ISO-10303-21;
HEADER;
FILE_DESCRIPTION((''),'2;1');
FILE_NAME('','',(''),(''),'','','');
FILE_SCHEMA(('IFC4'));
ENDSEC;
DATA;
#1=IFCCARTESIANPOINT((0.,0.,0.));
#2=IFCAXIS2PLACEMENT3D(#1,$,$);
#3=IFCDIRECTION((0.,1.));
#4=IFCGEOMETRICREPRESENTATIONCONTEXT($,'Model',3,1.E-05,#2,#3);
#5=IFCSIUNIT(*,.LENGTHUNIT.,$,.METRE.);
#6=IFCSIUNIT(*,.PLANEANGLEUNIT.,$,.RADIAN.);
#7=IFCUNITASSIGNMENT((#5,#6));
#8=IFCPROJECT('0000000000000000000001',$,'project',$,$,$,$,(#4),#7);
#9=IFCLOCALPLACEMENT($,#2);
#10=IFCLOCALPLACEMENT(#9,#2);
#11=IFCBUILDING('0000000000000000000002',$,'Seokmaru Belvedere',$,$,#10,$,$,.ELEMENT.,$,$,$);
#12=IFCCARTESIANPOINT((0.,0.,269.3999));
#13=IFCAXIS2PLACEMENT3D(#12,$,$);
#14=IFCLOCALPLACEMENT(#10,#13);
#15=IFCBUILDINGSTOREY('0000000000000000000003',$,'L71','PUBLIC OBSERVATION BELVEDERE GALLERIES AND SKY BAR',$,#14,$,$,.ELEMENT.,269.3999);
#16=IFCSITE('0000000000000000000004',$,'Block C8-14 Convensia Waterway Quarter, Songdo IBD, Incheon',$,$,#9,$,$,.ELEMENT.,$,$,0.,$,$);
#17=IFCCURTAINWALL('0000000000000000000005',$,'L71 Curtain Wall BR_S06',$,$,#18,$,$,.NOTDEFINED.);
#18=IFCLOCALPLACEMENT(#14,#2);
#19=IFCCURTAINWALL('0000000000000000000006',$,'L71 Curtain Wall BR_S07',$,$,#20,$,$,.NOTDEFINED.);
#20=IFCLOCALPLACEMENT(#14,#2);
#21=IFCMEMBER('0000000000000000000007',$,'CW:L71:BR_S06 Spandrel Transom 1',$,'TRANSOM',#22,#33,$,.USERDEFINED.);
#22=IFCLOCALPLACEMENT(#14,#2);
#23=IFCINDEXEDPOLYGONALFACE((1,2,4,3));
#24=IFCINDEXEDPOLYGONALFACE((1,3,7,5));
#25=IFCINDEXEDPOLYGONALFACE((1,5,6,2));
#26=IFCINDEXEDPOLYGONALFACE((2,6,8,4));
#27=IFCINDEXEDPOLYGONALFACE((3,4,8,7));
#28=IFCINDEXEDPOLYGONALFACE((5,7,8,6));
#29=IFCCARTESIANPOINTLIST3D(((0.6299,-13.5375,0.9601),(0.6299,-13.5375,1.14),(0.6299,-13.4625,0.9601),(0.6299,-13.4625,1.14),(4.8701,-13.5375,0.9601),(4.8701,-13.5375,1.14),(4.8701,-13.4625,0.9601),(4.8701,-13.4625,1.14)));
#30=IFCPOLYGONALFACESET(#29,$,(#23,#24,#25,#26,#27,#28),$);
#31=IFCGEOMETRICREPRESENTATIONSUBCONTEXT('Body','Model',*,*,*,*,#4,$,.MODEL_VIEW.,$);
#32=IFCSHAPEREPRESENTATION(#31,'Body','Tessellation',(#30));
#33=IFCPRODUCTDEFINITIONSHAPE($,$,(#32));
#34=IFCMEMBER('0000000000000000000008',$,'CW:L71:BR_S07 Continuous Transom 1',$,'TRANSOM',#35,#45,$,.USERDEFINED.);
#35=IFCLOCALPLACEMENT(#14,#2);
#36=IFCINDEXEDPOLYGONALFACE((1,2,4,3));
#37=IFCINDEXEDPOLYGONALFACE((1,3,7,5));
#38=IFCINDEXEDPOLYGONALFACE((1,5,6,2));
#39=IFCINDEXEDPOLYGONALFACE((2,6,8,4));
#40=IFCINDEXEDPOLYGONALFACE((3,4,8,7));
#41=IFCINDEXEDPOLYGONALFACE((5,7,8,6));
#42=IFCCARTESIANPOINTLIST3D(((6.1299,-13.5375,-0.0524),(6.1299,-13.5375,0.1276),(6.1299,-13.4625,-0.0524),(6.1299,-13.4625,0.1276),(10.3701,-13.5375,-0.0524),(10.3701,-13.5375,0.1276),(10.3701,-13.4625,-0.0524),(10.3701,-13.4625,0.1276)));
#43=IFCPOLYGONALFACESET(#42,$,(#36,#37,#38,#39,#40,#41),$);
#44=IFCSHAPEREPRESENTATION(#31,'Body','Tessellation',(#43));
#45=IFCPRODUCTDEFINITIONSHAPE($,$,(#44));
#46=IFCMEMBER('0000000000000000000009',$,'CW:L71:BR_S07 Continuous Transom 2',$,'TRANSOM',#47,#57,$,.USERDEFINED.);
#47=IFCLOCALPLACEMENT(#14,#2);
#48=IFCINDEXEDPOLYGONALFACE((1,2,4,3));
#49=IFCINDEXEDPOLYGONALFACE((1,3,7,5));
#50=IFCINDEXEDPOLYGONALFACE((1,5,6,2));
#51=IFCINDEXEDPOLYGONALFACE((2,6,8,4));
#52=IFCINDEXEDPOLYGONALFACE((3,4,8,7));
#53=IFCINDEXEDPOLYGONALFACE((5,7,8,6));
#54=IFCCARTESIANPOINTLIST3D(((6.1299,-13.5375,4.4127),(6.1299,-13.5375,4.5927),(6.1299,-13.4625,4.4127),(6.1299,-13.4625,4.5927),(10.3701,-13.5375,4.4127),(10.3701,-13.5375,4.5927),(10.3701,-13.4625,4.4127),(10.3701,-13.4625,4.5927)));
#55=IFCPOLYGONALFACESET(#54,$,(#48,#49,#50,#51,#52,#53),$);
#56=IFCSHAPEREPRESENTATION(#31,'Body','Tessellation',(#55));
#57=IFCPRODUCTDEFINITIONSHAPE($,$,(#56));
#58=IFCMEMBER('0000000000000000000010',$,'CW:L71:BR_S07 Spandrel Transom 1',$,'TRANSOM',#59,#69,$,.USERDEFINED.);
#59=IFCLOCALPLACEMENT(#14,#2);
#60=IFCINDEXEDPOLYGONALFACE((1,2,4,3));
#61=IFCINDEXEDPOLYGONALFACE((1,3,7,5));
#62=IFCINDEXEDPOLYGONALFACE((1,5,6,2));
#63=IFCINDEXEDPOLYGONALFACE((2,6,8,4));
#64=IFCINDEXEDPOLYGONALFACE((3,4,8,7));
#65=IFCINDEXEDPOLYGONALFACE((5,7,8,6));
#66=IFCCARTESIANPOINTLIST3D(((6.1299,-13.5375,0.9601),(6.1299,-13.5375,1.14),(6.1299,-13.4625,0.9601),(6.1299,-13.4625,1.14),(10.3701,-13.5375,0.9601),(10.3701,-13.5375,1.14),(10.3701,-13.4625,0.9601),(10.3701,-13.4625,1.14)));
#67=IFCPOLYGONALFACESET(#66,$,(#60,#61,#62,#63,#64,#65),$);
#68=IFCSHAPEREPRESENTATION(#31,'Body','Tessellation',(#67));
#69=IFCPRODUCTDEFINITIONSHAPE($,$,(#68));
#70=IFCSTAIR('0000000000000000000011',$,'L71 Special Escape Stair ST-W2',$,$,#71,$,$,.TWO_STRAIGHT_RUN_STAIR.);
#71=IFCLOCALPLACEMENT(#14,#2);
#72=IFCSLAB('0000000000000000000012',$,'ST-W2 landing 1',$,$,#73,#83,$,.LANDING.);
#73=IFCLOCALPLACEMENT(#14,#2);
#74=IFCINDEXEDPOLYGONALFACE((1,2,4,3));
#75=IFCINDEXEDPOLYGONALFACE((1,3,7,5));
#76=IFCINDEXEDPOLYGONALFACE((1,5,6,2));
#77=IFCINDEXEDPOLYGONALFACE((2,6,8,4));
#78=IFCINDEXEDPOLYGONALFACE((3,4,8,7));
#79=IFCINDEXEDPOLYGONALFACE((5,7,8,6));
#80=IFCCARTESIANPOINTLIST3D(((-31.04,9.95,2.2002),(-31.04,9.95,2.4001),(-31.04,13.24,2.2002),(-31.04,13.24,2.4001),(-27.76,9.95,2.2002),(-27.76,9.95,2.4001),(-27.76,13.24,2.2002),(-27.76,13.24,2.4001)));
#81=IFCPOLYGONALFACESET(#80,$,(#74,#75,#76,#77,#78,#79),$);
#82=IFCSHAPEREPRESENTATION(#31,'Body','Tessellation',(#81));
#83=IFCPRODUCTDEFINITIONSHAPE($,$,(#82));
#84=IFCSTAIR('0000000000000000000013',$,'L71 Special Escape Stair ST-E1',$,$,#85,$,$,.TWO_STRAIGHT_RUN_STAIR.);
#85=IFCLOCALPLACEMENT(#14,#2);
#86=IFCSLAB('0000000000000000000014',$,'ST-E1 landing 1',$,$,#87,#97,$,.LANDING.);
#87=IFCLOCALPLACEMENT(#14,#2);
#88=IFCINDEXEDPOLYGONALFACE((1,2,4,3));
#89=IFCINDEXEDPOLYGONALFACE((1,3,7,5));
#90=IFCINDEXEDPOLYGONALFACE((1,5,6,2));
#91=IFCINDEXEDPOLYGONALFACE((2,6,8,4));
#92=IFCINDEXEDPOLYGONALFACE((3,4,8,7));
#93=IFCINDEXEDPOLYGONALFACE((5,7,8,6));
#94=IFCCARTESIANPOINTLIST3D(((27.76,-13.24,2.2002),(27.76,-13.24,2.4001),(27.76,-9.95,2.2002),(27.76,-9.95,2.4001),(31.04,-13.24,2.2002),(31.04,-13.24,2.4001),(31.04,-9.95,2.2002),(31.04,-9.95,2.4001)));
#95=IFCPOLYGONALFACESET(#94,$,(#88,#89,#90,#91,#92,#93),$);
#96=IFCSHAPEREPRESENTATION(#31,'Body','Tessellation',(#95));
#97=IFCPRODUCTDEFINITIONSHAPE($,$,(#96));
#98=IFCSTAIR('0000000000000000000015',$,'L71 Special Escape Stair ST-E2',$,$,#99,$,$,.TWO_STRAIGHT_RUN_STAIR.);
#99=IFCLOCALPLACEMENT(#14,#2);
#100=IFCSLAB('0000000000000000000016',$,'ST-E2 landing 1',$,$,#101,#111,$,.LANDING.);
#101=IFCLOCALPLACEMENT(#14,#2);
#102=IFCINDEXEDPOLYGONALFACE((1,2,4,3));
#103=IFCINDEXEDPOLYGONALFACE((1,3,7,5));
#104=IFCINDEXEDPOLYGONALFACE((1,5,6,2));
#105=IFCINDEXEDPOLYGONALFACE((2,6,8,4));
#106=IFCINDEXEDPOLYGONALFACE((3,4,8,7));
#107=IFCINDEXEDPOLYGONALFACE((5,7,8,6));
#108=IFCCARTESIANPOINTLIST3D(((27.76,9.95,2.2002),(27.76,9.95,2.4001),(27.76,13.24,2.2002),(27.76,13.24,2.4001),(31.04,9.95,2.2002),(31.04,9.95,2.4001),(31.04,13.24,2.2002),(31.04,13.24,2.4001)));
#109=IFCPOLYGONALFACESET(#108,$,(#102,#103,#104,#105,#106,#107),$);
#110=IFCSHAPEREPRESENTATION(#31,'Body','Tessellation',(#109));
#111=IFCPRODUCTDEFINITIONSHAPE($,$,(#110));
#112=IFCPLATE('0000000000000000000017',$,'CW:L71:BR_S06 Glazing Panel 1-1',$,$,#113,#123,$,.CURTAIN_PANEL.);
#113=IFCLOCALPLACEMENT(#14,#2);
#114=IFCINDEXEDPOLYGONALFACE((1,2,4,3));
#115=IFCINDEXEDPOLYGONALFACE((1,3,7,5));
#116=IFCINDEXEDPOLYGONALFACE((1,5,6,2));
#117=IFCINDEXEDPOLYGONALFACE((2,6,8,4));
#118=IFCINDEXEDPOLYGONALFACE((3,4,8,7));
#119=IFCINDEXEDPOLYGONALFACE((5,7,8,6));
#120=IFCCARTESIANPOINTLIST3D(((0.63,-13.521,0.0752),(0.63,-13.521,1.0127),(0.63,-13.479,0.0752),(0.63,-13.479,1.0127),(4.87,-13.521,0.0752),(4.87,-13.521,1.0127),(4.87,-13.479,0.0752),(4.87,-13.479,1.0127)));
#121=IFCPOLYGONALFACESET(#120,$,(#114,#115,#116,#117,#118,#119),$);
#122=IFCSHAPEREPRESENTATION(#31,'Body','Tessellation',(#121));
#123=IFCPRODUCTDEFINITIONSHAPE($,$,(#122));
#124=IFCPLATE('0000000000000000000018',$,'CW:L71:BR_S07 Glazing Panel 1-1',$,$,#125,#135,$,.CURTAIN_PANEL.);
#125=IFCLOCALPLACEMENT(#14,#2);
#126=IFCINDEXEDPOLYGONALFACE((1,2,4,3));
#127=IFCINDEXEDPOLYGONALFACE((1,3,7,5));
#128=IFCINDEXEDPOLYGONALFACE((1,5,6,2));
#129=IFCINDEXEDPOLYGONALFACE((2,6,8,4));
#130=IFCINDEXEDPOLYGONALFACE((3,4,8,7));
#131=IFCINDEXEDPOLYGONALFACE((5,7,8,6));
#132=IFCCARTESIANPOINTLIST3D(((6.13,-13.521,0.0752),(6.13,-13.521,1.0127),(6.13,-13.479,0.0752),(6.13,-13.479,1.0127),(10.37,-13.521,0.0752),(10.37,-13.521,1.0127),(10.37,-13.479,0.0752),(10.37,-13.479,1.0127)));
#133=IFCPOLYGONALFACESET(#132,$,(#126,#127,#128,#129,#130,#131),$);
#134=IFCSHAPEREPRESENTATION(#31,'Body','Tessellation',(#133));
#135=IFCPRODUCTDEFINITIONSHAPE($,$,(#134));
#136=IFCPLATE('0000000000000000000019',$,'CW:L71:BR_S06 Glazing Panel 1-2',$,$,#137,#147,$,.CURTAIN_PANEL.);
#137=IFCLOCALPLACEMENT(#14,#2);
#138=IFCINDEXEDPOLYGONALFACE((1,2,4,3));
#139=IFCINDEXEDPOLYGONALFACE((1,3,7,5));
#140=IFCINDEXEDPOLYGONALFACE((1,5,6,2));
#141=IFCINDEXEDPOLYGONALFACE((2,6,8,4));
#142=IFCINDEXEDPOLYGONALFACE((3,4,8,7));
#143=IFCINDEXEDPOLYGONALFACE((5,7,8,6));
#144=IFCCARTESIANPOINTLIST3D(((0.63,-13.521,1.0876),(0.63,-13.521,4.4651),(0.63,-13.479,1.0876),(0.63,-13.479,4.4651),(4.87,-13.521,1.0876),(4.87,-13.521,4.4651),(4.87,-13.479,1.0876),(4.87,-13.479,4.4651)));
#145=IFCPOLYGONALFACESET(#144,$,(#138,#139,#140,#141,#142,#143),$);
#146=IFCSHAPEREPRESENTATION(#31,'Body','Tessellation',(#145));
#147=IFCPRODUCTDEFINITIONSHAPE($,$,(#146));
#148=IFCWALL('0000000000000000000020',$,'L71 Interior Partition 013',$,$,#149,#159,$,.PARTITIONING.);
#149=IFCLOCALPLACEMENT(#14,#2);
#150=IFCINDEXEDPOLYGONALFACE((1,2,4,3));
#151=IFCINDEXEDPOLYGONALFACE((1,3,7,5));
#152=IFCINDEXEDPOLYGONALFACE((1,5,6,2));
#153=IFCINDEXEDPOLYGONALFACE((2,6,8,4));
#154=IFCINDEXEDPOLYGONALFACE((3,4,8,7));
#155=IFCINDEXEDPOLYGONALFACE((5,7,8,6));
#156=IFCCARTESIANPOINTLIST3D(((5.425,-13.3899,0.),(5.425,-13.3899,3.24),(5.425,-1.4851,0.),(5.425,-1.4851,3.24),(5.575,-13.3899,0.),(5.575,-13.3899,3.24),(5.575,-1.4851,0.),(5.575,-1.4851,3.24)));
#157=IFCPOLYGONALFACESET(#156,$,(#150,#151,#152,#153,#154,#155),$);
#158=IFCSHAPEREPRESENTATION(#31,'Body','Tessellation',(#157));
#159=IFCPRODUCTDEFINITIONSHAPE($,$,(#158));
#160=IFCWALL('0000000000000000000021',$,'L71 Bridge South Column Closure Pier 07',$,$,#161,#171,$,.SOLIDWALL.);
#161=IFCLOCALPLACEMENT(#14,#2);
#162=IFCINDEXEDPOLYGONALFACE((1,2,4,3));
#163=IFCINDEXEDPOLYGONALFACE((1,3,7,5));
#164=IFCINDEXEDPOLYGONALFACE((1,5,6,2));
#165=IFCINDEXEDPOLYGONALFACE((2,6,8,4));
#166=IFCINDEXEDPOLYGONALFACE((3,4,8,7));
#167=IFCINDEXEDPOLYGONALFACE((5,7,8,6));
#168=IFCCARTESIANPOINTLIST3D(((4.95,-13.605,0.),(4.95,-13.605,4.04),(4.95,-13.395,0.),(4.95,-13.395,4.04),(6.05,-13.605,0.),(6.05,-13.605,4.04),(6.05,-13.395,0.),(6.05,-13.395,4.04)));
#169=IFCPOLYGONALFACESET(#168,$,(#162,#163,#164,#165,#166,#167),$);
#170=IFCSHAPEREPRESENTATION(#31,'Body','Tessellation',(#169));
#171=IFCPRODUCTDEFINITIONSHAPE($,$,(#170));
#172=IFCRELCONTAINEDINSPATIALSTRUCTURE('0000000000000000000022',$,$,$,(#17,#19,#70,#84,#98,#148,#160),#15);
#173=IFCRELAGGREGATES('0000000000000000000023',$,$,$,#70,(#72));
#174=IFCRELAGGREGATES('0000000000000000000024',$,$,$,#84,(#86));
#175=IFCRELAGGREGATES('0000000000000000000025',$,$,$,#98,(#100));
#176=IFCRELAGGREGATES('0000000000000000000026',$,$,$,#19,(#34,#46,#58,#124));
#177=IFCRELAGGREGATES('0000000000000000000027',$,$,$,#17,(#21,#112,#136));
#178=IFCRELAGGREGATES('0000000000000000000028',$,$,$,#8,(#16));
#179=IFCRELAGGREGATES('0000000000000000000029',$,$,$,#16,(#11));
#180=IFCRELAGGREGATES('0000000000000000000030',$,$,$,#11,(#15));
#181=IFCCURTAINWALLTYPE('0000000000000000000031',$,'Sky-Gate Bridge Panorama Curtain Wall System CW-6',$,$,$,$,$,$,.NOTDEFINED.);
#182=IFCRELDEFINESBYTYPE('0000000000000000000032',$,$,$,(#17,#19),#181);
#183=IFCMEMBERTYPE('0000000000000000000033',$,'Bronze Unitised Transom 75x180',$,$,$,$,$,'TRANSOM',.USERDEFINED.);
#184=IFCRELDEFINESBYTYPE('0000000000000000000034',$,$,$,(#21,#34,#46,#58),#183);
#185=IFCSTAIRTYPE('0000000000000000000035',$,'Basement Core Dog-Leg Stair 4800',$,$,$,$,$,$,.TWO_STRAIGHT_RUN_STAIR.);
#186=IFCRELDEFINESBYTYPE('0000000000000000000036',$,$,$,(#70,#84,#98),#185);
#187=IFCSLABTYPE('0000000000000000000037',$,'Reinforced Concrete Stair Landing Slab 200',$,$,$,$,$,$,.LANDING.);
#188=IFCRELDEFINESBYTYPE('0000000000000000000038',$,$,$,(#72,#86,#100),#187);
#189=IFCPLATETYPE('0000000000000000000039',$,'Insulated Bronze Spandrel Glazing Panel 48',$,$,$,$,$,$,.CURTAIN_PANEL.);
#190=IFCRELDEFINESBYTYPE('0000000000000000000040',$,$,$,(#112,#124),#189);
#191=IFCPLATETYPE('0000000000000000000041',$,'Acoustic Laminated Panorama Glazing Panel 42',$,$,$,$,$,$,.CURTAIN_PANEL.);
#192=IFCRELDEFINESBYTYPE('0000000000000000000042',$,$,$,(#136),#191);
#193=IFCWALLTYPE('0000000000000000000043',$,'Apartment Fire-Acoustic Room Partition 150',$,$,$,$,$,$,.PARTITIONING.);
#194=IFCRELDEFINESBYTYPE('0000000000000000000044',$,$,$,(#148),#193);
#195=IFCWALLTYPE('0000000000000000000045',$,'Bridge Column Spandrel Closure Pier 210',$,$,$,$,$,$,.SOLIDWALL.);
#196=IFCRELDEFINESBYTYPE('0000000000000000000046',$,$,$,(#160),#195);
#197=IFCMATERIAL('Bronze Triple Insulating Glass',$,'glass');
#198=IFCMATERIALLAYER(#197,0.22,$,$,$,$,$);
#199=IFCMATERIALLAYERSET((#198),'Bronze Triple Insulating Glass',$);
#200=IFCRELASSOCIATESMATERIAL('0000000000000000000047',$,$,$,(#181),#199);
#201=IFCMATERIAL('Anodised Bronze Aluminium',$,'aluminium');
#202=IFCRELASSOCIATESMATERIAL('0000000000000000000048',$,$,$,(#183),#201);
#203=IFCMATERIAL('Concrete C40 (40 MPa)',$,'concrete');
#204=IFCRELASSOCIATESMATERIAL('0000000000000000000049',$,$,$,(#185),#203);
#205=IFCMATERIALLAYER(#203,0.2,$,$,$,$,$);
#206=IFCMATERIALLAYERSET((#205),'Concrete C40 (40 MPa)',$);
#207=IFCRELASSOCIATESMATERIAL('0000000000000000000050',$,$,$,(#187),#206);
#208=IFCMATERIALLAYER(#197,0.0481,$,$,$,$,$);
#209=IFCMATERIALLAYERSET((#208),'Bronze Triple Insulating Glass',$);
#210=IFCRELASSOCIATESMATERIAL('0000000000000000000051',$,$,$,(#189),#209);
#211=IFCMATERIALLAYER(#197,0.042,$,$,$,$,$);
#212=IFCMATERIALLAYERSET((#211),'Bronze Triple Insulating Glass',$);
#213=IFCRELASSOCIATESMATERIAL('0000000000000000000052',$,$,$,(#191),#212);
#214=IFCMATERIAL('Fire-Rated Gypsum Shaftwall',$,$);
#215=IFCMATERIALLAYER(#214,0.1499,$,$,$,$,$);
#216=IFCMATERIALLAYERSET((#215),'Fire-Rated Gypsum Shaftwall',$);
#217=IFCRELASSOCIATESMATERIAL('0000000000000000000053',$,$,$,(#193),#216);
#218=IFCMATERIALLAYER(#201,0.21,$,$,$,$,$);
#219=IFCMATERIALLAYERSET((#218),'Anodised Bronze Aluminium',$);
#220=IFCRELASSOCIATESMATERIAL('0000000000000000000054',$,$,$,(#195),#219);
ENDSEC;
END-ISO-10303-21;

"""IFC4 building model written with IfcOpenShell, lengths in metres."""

from ifc_helpers import new_model, si_unit, direction, frame, frame_2d, origin, origin_2d, place, context, subcontext, project, spatial, polyline, rectangle, outline, extrude, source, transform, mapped, material, layer, layer_set, material_profile, profile_set, type_object, type_shapes, element, aggregate, save


model = new_model("IFC4")

# Units and contexts
model_context = context("Model", 3, precision=1e-05, world=origin(), true_north=direction((0.0, 1.0)))
body_context = subcontext(model_context, "Body", "Model", "MODEL_VIEW")
ifc_project = project(units=[si_unit("LENGTHUNIT", "METRE"), si_unit("PLANEANGLEUNIT", "RADIAN")], contexts=[model_context])

# Site, building, storey
site_placement = place(None, origin())
site = spatial("IfcSite", under=ifc_project, at=site_placement, Name="Block C8-14 Convensia Waterway Quarter, Songdo IBD, Incheon", CompositionType="ELEMENT", RefElevation=0.0)
building_placement = place(site_placement, origin())
building = spatial("IfcBuilding", under=site, at=building_placement, Name="Seokmaru Belvedere", CompositionType="ELEMENT")
storey_placement = place(building_placement, frame((0.0, 0.0, 269.3999)))
storey = spatial("IfcBuildingStorey", under=building, at=storey_placement, Name="L71", Description="PUBLIC OBSERVATION BELVEDERE GALLERIES AND SKY BAR", CompositionType="ELEMENT", Elevation=269.3999)

# Curtain wall
ifc_material_1 = material(Name="Bronze Triple Insulating Glass", Category="glass")
ifc_layer_1 = layer(ifc_material_1, 0.22)
ifc_layer_set_1 = layer_set([ifc_layer_1], Name="Bronze Triple Insulating Glass")
curtain_wall_type = type_object("IfcCurtainWallType", Name="Sky-Gate Bridge Panorama Curtain Wall System CW-6", PredefinedType="NOTDEFINED", material=ifc_layer_set_1)
curtain_wall_1_placement = place(storey_placement, origin())
curtain_wall_1 = element("IfcCurtainWall", 1, at=curtain_wall_1_placement, inside=storey, type_object=curtain_wall_type, Name="L71 Curtain Wall BR_S06", PredefinedType="NOTDEFINED")
ifc_material_2 = material(Name="Anodised Bronze Aluminium", Category="aluminium")

# Curtain wall
curtain_wall_2_placement = place(storey_placement, origin())
curtain_wall_2 = element("IfcCurtainWall", 2, at=curtain_wall_2_placement, inside=storey, type_object=curtain_wall_type, Name="L71 Curtain Wall BR_S07", PredefinedType="NOTDEFINED")

# Members
ifc_material_profile_1 = material_profile(ifc_material_2, rectangle(XDim=0.075, YDim=0.1799, at=origin_2d()), Name="CW-T-75x180")
ifc_profile_set_1 = profile_set([ifc_material_profile_1], Name="Anodised Bronze Aluminium")
member_type_1 = type_object("IfcMemberType", Name="Bronze Unitised Transom 75x180", ElementType="TRANSOM", PredefinedType="USERDEFINED", material=ifc_profile_set_1)
shared_shape_1 = source(origin(), body_context, "Body", "SweptSolid", [
    extrude(rectangle(XDim=0.075, YDim=0.1799, at=origin_2d()), origin(), (0.0, 0.0, 1.0), 4.2402),
])
type_shapes(member_type_1, [shared_shape_1])
member_1_placement = place(storey_placement, frame((0.6299, -13.5, 1.05), z_axis=(1.0, 0.0, 0.0), x_axis=(0.0, 1.0, 0.0)))
member_1 = element("IfcMember", 3, at=member_1_placement, type_object=member_type_1, Name="CW:L71:BR_S06 Spandrel Transom 1", ObjectType="TRANSOM", PredefinedType="USERDEFINED", context=body_context, shape_type="MappedRepresentation", body=[
    mapped(shared_shape_1, transform((0.0, 0.0, 0.0), scale=1.0)),
])
member_2_placement = place(storey_placement, frame((6.1299, -13.5, 0.0376), z_axis=(1.0, 0.0, 0.0), x_axis=(0.0, 1.0, 0.0)))
member_2 = element("IfcMember", 4, at=member_2_placement, type_object=member_type_1, Name="CW:L71:BR_S07 Continuous Transom 1", ObjectType="TRANSOM", PredefinedType="USERDEFINED", context=body_context, shape_type="MappedRepresentation", body=[
    mapped(shared_shape_1, transform((0.0, 0.0, 0.0), scale=1.0)),
])
member_3_placement = place(storey_placement, frame((6.1299, -13.5, 4.5027), z_axis=(1.0, 0.0, 0.0), x_axis=(0.0, 1.0, 0.0)))
member_3 = element("IfcMember", 5, at=member_3_placement, type_object=member_type_1, Name="CW:L71:BR_S07 Continuous Transom 2", ObjectType="TRANSOM", PredefinedType="USERDEFINED", context=body_context, shape_type="MappedRepresentation", body=[
    mapped(shared_shape_1, transform((0.0, 0.0, 0.0), scale=1.0)),
])
member_4_placement = place(storey_placement, frame((6.1299, -13.5, 1.05), z_axis=(1.0, 0.0, 0.0), x_axis=(0.0, 1.0, 0.0)))
member_4 = element("IfcMember", 6, at=member_4_placement, type_object=member_type_1, Name="CW:L71:BR_S07 Spandrel Transom 1", ObjectType="TRANSOM", PredefinedType="USERDEFINED", context=body_context, shape_type="MappedRepresentation", body=[
    mapped(shared_shape_1, transform((0.0, 0.0, 0.0), scale=1.0)),
])

# Stairs, slabs
ifc_material_3 = material(Name="Concrete C40 (40 MPa)", Category="concrete")
stair_type = type_object("IfcStairType", Name="Basement Core Dog-Leg Stair 4800", PredefinedType="TWO_STRAIGHT_RUN_STAIR", material=ifc_material_3)
stair_1_placement = place(storey_placement, origin())
stair_1 = element("IfcStair", 7, at=stair_1_placement, inside=storey, type_object=stair_type, Name="L71 Special Escape Stair ST-W2", PredefinedType="TWO_STRAIGHT_RUN_STAIR")
ifc_layer_2 = layer(ifc_material_3, 0.2)
ifc_layer_set_2 = layer_set([ifc_layer_2], Name="Concrete C40 (40 MPa)")
slab_type = type_object("IfcSlabType", Name="Reinforced Concrete Stair Landing Slab 200", PredefinedType="LANDING", material=ifc_layer_set_2)
slab_1_placement = place(storey_placement, frame((0.0, 0.0, 2.2002)))
slab_1 = element("IfcSlab", 8, at=slab_1_placement, type_object=slab_type, Name="ST-W2 landing 1", PredefinedType="LANDING", context=body_context, shape_type="SweptSolid", body=[
    extrude(outline(polyline([(-31.04, 9.95), (-27.76, 9.95), (-27.76, 13.24), (-31.04, 13.24), (-31.04, 9.95)])), origin(), (0.0, 0.0, 1.0), 0.2),
])
aggregate(stair_1, [slab_1])
stair_2_placement = place(storey_placement, origin())
stair_2 = element("IfcStair", 9, at=stair_2_placement, inside=storey, type_object=stair_type, Name="L71 Special Escape Stair ST-E1", PredefinedType="TWO_STRAIGHT_RUN_STAIR")
slab_2_placement = place(storey_placement, frame((0.0, 0.0, 2.2002)))
slab_2 = element("IfcSlab", 10, at=slab_2_placement, type_object=slab_type, Name="ST-E1 landing 1", PredefinedType="LANDING", context=body_context, shape_type="SweptSolid", body=[
    extrude(outline(polyline([(27.76, -13.24), (31.04, -13.24), (31.04, -9.95), (27.76, -9.95), (27.76, -13.24)])), origin(), (0.0, 0.0, 1.0), 0.2),
])
aggregate(stair_2, [slab_2])
stair_3_placement = place(storey_placement, origin())
stair_3 = element("IfcStair", 11, at=stair_3_placement, inside=storey, type_object=stair_type, Name="L71 Special Escape Stair ST-E2", PredefinedType="TWO_STRAIGHT_RUN_STAIR")
slab_3_placement = place(storey_placement, frame((0.0, 0.0, 2.2002)))
slab_3 = element("IfcSlab", 12, at=slab_3_placement, type_object=slab_type, Name="ST-E2 landing 1", PredefinedType="LANDING", context=body_context, shape_type="SweptSolid", body=[
    extrude(outline(polyline([(27.76, 9.95), (31.04, 9.95), (31.04, 13.24), (27.76, 13.24), (27.76, 9.95)])), origin(), (0.0, 0.0, 1.0), 0.2),
])
aggregate(stair_3, [slab_3])

# Plates
ifc_layer_3 = layer(ifc_material_1, 0.0481)
ifc_layer_set_3 = layer_set([ifc_layer_3], Name="Bronze Triple Insulating Glass")
plate_type_1 = type_object("IfcPlateType", Name="Insulated Bronze Spandrel Glazing Panel 48", PredefinedType="CURTAIN_PANEL", material=ifc_layer_set_3)
shared_shape_2 = source(origin(), body_context, "Body", "SweptSolid", [
    extrude(rectangle(XDim=4.24, YDim=0.042, at=origin_2d()), origin(), (0.0, 0.0, 1.0), 0.9375),
])
type_shapes(plate_type_1, [shared_shape_2])
plate_1_placement = place(storey_placement, frame((2.75, -13.5, 0.0752), z_axis=(0.0, 0.0, 1.0), x_axis=(1.0, 0.0, 0.0)))
plate_1 = element("IfcPlate", 13, at=plate_1_placement, type_object=plate_type_1, Name="CW:L71:BR_S06 Glazing Panel 1-1", PredefinedType="CURTAIN_PANEL", context=body_context, shape_type="MappedRepresentation", body=[
    mapped(shared_shape_2, transform((0.0, 0.0, 0.0), scale=1.0)),
])
plate_2_placement = place(storey_placement, frame((8.25, -13.5, 0.0752), z_axis=(0.0, 0.0, 1.0), x_axis=(1.0, 0.0, 0.0)))
plate_2 = element("IfcPlate", 14, at=plate_2_placement, type_object=plate_type_1, Name="CW:L71:BR_S07 Glazing Panel 1-1", PredefinedType="CURTAIN_PANEL", context=body_context, shape_type="MappedRepresentation", body=[
    mapped(shared_shape_2, transform((0.0, 0.0, 0.0), scale=1.0)),
])
aggregate(curtain_wall_2, [member_2, member_3, member_4, plate_2])
ifc_layer_4 = layer(ifc_material_1, 0.042)
ifc_layer_set_4 = layer_set([ifc_layer_4], Name="Bronze Triple Insulating Glass")
plate_type_2 = type_object("IfcPlateType", Name="Acoustic Laminated Panorama Glazing Panel 42", PredefinedType="CURTAIN_PANEL", material=ifc_layer_set_4)
shared_shape_3 = source(origin(), body_context, "Body", "SweptSolid", [
    extrude(rectangle(XDim=4.24, YDim=0.042, at=origin_2d()), origin(), (0.0, 0.0, 1.0), 3.3774),
])
type_shapes(plate_type_2, [shared_shape_3])
plate_3_placement = place(storey_placement, frame((2.75, -13.5, 1.0876), z_axis=(0.0, 0.0, 1.0), x_axis=(1.0, 0.0, 0.0)))
plate_3 = element("IfcPlate", 15, at=plate_3_placement, type_object=plate_type_2, Name="CW:L71:BR_S06 Glazing Panel 1-2", PredefinedType="CURTAIN_PANEL", context=body_context, shape_type="MappedRepresentation", body=[
    mapped(shared_shape_3, transform((0.0, 0.0, 0.0), scale=1.0)),
])
aggregate(curtain_wall_1, [member_1, plate_1, plate_3])

# Walls
ifc_material_4 = material(Name="Fire-Rated Gypsum Shaftwall")
ifc_layer_5 = layer(ifc_material_4, 0.1499)
ifc_layer_set_5 = layer_set([ifc_layer_5], Name="Fire-Rated Gypsum Shaftwall")
wall_type_1 = type_object("IfcWallType", Name="Apartment Fire-Acoustic Room Partition 150", PredefinedType="PARTITIONING", material=ifc_layer_set_5)
wall_1_placement = place(storey_placement, frame((5.5, -13.3899, 0.0), z_axis=(0.0, 0.0, 1.0), x_axis=(0.0, 1.0, 0.0)))
element("IfcWall", 16, at=wall_1_placement, inside=storey, type_object=wall_type_1, Name="L71 Interior Partition 013", PredefinedType="PARTITIONING", context=body_context, shape_type="SweptSolid", body=[
    extrude(rectangle(XDim=11.9048, YDim=0.1499, at=frame_2d((5.9524, 0.0))), origin(), (0.0, 0.0, 1.0), 3.24),
])
ifc_layer_6 = layer(ifc_material_2, 0.21)
ifc_layer_set_6 = layer_set([ifc_layer_6], Name="Anodised Bronze Aluminium")
wall_type_2 = type_object("IfcWallType", Name="Bridge Column Spandrel Closure Pier 210", PredefinedType="SOLIDWALL", material=ifc_layer_set_6)
wall_2_placement = place(storey_placement, frame((4.95, -13.5, 0.0), z_axis=(0.0, 0.0, 1.0), x_axis=(1.0, 0.0, 0.0)))
element("IfcWall", 17, at=wall_2_placement, inside=storey, type_object=wall_type_2, Name="L71 Bridge South Column Closure Pier 07", PredefinedType="SOLIDWALL", context=body_context, shape_type="SweptSolid", body=[
    extrude(rectangle(XDim=1.1001, YDim=0.21, at=frame_2d((0.55, 0.0))), origin(), (0.0, 0.0, 1.0), 4.04),
])

save(model, "model.ifc")
